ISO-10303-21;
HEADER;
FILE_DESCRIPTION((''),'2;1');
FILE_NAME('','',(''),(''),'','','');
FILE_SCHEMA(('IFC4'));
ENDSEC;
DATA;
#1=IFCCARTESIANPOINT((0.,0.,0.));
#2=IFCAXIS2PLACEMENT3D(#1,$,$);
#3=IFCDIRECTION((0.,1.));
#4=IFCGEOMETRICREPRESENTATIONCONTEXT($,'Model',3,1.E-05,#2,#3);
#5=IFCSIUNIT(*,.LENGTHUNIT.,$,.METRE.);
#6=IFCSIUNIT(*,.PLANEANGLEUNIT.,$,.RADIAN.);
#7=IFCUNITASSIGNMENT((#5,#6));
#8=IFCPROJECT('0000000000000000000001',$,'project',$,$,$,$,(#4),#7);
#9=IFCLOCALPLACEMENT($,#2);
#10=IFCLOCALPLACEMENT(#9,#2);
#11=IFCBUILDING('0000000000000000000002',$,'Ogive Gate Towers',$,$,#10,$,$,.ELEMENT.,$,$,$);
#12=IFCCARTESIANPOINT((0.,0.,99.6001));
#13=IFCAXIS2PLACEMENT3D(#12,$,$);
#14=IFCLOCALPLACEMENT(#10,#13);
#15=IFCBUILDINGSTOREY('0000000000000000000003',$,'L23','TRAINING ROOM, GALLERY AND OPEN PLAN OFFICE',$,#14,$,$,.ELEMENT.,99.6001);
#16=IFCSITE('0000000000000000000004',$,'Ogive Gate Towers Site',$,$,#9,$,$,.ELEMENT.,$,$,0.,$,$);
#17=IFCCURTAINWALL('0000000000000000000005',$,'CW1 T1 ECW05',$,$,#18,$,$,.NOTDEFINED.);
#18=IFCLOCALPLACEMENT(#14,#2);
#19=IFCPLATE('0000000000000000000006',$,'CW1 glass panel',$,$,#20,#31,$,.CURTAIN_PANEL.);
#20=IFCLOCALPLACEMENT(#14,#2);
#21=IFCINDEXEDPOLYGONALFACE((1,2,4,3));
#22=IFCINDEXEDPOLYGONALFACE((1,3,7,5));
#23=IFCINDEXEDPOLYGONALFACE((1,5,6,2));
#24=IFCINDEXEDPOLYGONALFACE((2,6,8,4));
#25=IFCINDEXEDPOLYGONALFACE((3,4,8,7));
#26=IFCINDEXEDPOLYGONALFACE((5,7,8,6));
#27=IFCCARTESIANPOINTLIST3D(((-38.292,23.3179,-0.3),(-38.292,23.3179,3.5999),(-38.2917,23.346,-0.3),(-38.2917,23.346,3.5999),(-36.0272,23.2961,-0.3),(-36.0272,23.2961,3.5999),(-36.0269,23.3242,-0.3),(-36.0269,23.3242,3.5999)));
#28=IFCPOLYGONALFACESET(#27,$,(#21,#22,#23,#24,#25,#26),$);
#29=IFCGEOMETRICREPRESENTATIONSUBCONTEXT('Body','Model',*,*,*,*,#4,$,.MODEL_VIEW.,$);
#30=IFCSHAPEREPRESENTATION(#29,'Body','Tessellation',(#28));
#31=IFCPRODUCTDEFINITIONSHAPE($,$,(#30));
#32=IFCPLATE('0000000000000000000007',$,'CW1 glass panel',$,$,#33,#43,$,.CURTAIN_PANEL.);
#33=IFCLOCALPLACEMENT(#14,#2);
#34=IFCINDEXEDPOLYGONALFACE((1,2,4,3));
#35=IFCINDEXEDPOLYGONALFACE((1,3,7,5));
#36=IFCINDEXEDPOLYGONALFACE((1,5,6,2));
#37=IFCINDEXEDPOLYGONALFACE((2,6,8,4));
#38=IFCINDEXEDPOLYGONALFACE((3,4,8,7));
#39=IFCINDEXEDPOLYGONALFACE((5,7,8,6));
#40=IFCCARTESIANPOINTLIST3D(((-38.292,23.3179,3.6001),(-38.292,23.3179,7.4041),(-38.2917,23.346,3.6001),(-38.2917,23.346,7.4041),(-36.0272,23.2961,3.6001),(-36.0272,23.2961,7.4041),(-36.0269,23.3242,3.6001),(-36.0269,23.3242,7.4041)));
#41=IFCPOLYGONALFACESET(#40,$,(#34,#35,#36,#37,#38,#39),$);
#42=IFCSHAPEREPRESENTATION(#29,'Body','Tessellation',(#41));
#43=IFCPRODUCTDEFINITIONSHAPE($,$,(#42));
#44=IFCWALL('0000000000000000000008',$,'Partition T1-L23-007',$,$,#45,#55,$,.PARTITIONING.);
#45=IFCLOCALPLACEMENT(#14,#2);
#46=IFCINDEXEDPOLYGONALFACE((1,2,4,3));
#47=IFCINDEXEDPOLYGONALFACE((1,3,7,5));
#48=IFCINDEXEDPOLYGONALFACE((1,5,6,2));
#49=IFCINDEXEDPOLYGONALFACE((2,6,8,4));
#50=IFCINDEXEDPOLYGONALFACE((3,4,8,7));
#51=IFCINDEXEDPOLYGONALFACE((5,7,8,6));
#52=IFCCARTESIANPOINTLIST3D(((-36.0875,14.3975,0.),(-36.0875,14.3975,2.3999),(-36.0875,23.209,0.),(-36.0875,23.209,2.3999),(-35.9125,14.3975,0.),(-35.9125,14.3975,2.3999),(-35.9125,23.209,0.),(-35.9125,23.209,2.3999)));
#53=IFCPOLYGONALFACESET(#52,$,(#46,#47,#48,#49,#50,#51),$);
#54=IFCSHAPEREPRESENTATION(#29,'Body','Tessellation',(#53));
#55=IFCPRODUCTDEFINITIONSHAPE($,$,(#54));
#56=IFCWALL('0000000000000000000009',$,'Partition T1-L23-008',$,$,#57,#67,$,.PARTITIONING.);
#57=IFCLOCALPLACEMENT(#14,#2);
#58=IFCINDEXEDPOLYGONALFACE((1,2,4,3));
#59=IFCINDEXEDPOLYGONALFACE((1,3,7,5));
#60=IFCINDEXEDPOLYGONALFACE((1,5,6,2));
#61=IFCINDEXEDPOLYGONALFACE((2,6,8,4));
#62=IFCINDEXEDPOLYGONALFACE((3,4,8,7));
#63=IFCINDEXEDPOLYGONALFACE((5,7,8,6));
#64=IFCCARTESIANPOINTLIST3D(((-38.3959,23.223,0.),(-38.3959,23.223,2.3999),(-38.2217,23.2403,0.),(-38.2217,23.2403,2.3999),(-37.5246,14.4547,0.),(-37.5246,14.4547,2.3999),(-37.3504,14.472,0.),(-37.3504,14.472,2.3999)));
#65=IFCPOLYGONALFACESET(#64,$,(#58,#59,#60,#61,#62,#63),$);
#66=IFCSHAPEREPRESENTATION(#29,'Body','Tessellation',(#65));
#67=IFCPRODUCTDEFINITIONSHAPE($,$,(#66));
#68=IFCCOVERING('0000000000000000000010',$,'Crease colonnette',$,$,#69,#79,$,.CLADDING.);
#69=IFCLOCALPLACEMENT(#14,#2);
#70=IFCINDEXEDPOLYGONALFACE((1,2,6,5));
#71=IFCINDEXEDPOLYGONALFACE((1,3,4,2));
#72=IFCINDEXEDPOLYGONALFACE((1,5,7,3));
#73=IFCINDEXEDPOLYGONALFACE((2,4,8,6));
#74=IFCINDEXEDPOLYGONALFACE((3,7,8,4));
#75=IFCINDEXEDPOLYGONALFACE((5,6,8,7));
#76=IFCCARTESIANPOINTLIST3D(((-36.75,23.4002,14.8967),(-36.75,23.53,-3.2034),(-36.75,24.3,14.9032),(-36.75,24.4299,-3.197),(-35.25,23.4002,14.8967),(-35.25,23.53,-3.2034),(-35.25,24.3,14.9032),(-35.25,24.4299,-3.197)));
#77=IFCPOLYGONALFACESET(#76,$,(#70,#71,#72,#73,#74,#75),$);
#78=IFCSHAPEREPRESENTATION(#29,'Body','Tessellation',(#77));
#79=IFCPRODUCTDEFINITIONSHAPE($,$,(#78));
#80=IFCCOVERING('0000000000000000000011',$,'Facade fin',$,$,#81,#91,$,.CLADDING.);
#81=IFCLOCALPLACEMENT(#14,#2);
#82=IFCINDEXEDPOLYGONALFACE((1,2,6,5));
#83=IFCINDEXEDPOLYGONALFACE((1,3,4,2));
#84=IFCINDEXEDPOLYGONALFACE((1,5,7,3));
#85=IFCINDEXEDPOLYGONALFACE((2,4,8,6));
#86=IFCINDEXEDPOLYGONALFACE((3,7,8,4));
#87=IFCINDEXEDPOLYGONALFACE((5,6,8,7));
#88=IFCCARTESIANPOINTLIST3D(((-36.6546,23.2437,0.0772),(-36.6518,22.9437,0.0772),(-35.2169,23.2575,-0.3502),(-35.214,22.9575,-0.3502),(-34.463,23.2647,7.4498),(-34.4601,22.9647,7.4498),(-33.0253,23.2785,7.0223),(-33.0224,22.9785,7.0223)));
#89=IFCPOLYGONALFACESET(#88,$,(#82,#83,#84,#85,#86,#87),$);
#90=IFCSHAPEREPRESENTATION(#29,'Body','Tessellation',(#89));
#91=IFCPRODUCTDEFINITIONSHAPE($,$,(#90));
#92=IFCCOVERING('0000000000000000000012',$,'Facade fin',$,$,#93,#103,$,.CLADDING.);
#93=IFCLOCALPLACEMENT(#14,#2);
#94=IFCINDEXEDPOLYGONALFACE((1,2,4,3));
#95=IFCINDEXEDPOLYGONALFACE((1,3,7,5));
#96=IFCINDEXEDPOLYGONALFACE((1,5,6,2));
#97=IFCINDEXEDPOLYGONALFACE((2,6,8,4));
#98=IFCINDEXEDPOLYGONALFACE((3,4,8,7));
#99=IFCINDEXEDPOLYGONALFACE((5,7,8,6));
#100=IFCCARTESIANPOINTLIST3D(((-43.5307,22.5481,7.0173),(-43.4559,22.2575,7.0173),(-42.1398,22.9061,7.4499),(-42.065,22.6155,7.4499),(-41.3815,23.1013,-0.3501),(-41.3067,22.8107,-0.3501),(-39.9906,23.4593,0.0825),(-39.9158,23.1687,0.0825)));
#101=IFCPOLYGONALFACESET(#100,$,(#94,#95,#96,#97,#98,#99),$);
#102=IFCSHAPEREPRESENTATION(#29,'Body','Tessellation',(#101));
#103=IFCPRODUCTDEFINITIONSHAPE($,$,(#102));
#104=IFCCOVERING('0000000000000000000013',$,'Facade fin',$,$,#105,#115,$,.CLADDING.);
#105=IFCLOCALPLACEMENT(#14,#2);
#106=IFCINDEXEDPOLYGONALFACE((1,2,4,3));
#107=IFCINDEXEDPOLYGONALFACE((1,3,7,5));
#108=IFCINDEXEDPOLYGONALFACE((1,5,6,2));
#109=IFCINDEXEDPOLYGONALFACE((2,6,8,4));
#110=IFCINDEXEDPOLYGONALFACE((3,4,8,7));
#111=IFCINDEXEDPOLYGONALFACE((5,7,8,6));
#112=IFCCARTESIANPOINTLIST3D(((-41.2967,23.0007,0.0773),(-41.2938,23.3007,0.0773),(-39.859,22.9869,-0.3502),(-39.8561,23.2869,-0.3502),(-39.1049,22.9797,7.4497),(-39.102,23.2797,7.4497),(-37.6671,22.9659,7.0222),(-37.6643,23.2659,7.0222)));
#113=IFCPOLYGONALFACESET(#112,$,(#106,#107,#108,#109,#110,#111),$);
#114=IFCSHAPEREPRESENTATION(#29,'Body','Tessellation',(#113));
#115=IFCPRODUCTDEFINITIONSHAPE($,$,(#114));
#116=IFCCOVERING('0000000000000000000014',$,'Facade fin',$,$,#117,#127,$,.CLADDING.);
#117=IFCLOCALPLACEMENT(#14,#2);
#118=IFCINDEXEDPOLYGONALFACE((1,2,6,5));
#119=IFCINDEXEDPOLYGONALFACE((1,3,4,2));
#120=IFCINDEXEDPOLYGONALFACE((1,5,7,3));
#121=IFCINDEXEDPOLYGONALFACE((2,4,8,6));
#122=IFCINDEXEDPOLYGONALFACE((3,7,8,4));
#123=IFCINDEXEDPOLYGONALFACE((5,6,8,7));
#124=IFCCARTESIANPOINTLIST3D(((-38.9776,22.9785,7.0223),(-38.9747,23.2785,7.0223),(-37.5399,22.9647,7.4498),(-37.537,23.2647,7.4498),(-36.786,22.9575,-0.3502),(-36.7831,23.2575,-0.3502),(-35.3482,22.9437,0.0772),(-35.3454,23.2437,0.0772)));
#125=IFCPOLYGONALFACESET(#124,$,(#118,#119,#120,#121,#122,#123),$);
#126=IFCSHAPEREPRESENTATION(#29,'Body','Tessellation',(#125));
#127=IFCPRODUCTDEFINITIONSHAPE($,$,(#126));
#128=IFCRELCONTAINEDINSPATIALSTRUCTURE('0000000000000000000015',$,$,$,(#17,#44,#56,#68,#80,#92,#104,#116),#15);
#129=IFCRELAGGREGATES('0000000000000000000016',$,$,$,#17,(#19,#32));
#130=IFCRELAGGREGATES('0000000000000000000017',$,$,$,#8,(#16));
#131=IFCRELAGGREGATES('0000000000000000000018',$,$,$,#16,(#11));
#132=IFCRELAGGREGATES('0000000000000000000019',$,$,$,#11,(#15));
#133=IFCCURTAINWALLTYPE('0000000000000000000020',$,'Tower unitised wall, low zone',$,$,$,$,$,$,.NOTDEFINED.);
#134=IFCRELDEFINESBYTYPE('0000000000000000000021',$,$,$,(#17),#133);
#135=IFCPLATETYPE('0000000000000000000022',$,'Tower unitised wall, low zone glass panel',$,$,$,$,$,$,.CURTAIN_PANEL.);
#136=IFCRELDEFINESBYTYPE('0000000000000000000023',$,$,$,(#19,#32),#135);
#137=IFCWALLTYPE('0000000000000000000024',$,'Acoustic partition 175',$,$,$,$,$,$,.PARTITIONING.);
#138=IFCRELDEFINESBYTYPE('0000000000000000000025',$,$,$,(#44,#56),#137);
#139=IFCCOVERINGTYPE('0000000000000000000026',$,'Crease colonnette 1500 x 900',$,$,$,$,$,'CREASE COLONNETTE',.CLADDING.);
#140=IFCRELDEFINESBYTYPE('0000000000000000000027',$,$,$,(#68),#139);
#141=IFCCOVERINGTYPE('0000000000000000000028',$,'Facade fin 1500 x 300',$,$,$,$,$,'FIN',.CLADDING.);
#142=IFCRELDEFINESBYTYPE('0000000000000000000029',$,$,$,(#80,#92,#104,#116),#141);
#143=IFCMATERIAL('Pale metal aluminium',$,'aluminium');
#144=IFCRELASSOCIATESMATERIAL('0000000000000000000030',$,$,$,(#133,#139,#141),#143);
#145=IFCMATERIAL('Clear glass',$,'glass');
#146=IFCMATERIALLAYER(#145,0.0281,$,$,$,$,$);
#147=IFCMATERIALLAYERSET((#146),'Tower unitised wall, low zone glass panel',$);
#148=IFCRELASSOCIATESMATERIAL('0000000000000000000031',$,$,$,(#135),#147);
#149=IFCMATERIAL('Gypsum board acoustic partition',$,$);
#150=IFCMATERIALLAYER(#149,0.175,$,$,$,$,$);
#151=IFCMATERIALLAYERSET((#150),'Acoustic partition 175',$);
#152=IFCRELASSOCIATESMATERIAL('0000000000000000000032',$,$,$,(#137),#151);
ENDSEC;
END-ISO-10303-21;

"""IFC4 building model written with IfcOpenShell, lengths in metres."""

from ifc_helpers import new_model, si_unit, direction, frame, frame_2d, origin, origin_2d, place, context, subcontext, project, spatial, rectangle, extrude, material, layer, layer_set, material_profile, profile_set, type_object, element, aggregate, save


model = new_model("IFC4")

# Units and contexts
model_context = context("Model", 3, precision=1e-05, world=origin(), true_north=direction((0.0, 1.0)))
body_context = subcontext(model_context, "Body", "Model", "MODEL_VIEW")
ifc_project = project(units=[si_unit("LENGTHUNIT", "METRE"), si_unit("PLANEANGLEUNIT", "RADIAN")], contexts=[model_context])

# Site, building, storey
site_placement = place(None, origin())
site = spatial("IfcSite", under=ifc_project, at=site_placement, Name="Ogive Gate Towers Site", CompositionType="ELEMENT", RefElevation=0.0)
building_placement = place(site_placement, origin())
building = spatial("IfcBuilding", under=site, at=building_placement, Name="Ogive Gate Towers", CompositionType="ELEMENT")
storey_placement = place(building_placement, frame((0.0, 0.0, 99.6001)))
storey = spatial("IfcBuildingStorey", under=building, at=storey_placement, Name="L23", Description="TRAINING ROOM, GALLERY AND OPEN PLAN OFFICE", CompositionType="ELEMENT", Elevation=99.6001)

# Shared definitions
ifc_material_1 = material(Name="Pale metal aluminium", Category="aluminium")
curtain_wall_type = type_object("IfcCurtainWallType", Name="Tower unitised wall, low zone", PredefinedType="NOTDEFINED", material=ifc_material_1)

# Curtain wall
curtain_wall_1_placement = place(storey_placement, origin())
curtain_wall_1 = element("IfcCurtainWall", 1, at=curtain_wall_1_placement, inside=storey, type_object=curtain_wall_type, Name="CW1 T1 ECW05", PredefinedType="NOTDEFINED")

# Plates
ifc_material_2 = material(Name="Clear glass", Category="glass")
ifc_layer_1 = layer(ifc_material_2, 0.0281)
ifc_layer_set_1 = layer_set([ifc_layer_1], Name="Tower unitised wall, low zone glass panel")
plate_type = type_object("IfcPlateType", Name="Tower unitised wall, low zone glass panel", PredefinedType="CURTAIN_PANEL", material=ifc_layer_set_1)
plate_1_placement = place(storey_placement, frame((-37.1594, 23.321, -0.3), z_axis=(0.0, 0.0, 1.0), x_axis=(0.999954, -0.009617, 0.0)))
plate_1 = element("IfcPlate", 2, at=plate_1_placement, type_object=plate_type, Name="CW1 glass panel", PredefinedType="CURTAIN_PANEL", context=body_context, shape_type="SweptSolid", body=[
    extrude(rectangle(XDim=2.2649, YDim=0.0281, at=origin_2d()), origin(), (0.0, 0.0, 1.0), 3.8999),
])
plate_2_placement = place(storey_placement, frame((-37.1594, 23.321, 3.6001), z_axis=(0.0, 0.0, 1.0), x_axis=(0.999954, -0.009617, 0.0)))
plate_2 = element("IfcPlate", 3, at=plate_2_placement, type_object=plate_type, Name="CW1 glass panel", PredefinedType="CURTAIN_PANEL", context=body_context, shape_type="SweptSolid", body=[
    extrude(rectangle(XDim=2.2649, YDim=0.0281, at=origin_2d()), origin(), (0.0, 0.0, 1.0), 3.804),
])
aggregate(curtain_wall_1, [plate_1, plate_2])

# Walls
ifc_material_3 = material(Name="Gypsum board acoustic partition")
ifc_layer_2 = layer(ifc_material_3, 0.175)
ifc_layer_set_2 = layer_set([ifc_layer_2], Name="Acoustic partition 175")
wall_type = type_object("IfcWallType", Name="Acoustic partition 175", PredefinedType="PARTITIONING", material=ifc_layer_set_2)
for number, where, z_axis, x_axis, name in (
    (4, (-36.0, 23.209, 0.0), (0.0, 0.0, 1.0), (0.0, -1.0, 0.0), "Partition T1-L23-007"),
    (5, (-38.3088, 23.2317, 0.0), (0.0, 0.0, 1.0), (0.098886, -0.995099, 0.0), "Partition T1-L23-008"),
):
    element("IfcWall", number, at=place(storey_placement, frame(where, z_axis=z_axis, x_axis=x_axis)), inside=storey, type_object=wall_type, Name=name, PredefinedType="PARTITIONING", context=body_context, shape_type="SweptSolid", body=[
        extrude(rectangle(XDim=8.8115, YDim=0.175, at=frame_2d((4.4058, 0.0))), origin(), (0.0, 0.0, 1.0), 2.3999),
    ])

# Coverings
ifc_material_profile_1 = material_profile(ifc_material_1, rectangle(XDim=1.5, YDim=0.8999, at=origin_2d()), Name="1500 x 900 pale metal aluminium")
ifc_profile_set_1 = profile_set([ifc_material_profile_1], Name="Pale metal aluminium")
covering_type_1 = type_object("IfcCoveringType", Name="Crease colonnette 1500 x 900", ElementType="CREASE COLONNETTE", PredefinedType="CLADDING", material=ifc_profile_set_1)
covering_1_placement = place(storey_placement, frame((-36.0, 23.98, -3.2002), z_axis=(0.0, -0.007176, 0.999974), x_axis=(1.0, 0.0, 0.0)))
element("IfcCovering", 6, at=covering_1_placement, inside=storey, type_object=covering_type_1, Name="Crease colonnette", PredefinedType="CLADDING", context=body_context, shape_type="SweptSolid", body=[
    extrude(rectangle(XDim=1.5, YDim=0.8999, at=origin_2d()), origin(), (0.0, 0.0, 1.0), 18.1006),
])
ifc_material_profile_2 = material_profile(ifc_material_1, rectangle(XDim=0.3, YDim=1.5, at=origin_2d()), Name="1500 x 300 pale metal aluminium")
ifc_profile_set_2 = profile_set([ifc_material_profile_2], Name="Pale metal aluminium")
covering_type_2 = type_object("IfcCoveringType", Name="Facade fin 1500 x 300", ElementType="FIN", PredefinedType="CLADDING", material=ifc_profile_set_2)
covering_2_placement = place(storey_placement, frame((-35.9343, 23.1006, -0.1365), z_axis=(0.284946, 0.00273, 0.95854), x_axis=(-0.00958, 0.999954, 0.0)))
element("IfcCovering", 7, at=covering_2_placement, inside=storey, type_object=covering_type_2, Name="Facade fin", PredefinedType="CLADDING", context=body_context, shape_type="SweptSolid", body=[
    extrude(rectangle(XDim=0.3, YDim=1.5, at=origin_2d()), origin(), (0.0, 0.0, 1.0), 7.6914),
])
covering_3_placement = place(storey_placement, frame((-40.6487, 23.135, -0.1338), z_axis=(-0.279316, -0.071899, 0.957504), x_axis=(0.249286, -0.96843, 0.0)))
element("IfcCovering", 8, at=covering_3_placement, inside=storey, type_object=covering_type_2, Name="Facade fin", PredefinedType="CLADDING", context=body_context, shape_type="SweptSolid", body=[
    extrude(rectangle(XDim=0.3, YDim=1.5, at=origin_2d()), origin(), (0.0, 0.0, 1.0), 7.6943),
])
for number, where, z_axis, x_axis, name in (
    (9, (-40.5764, 23.1438, -0.1365), (0.284976, -0.00273, 0.958531), (0.009579, 0.999954, 0.0), "Facade fin"),
    (10, (-36.0657, 23.1006, -0.1365), (-0.284946, 0.00273, 0.95854), (-0.00958, -0.999954, 0.0), "Facade fin"),
):
    element("IfcCovering", number, at=place(storey_placement, frame(where, z_axis=z_axis, x_axis=x_axis)), inside=storey, type_object=covering_type_2, Name=name, PredefinedType="CLADDING", context=body_context, shape_type="SweptSolid", body=[
        extrude(rectangle(XDim=0.3, YDim=1.5, at=origin_2d()), origin(), (0.0, 0.0, 1.0), 7.6914),
    ])

save(model, "model.ifc")
